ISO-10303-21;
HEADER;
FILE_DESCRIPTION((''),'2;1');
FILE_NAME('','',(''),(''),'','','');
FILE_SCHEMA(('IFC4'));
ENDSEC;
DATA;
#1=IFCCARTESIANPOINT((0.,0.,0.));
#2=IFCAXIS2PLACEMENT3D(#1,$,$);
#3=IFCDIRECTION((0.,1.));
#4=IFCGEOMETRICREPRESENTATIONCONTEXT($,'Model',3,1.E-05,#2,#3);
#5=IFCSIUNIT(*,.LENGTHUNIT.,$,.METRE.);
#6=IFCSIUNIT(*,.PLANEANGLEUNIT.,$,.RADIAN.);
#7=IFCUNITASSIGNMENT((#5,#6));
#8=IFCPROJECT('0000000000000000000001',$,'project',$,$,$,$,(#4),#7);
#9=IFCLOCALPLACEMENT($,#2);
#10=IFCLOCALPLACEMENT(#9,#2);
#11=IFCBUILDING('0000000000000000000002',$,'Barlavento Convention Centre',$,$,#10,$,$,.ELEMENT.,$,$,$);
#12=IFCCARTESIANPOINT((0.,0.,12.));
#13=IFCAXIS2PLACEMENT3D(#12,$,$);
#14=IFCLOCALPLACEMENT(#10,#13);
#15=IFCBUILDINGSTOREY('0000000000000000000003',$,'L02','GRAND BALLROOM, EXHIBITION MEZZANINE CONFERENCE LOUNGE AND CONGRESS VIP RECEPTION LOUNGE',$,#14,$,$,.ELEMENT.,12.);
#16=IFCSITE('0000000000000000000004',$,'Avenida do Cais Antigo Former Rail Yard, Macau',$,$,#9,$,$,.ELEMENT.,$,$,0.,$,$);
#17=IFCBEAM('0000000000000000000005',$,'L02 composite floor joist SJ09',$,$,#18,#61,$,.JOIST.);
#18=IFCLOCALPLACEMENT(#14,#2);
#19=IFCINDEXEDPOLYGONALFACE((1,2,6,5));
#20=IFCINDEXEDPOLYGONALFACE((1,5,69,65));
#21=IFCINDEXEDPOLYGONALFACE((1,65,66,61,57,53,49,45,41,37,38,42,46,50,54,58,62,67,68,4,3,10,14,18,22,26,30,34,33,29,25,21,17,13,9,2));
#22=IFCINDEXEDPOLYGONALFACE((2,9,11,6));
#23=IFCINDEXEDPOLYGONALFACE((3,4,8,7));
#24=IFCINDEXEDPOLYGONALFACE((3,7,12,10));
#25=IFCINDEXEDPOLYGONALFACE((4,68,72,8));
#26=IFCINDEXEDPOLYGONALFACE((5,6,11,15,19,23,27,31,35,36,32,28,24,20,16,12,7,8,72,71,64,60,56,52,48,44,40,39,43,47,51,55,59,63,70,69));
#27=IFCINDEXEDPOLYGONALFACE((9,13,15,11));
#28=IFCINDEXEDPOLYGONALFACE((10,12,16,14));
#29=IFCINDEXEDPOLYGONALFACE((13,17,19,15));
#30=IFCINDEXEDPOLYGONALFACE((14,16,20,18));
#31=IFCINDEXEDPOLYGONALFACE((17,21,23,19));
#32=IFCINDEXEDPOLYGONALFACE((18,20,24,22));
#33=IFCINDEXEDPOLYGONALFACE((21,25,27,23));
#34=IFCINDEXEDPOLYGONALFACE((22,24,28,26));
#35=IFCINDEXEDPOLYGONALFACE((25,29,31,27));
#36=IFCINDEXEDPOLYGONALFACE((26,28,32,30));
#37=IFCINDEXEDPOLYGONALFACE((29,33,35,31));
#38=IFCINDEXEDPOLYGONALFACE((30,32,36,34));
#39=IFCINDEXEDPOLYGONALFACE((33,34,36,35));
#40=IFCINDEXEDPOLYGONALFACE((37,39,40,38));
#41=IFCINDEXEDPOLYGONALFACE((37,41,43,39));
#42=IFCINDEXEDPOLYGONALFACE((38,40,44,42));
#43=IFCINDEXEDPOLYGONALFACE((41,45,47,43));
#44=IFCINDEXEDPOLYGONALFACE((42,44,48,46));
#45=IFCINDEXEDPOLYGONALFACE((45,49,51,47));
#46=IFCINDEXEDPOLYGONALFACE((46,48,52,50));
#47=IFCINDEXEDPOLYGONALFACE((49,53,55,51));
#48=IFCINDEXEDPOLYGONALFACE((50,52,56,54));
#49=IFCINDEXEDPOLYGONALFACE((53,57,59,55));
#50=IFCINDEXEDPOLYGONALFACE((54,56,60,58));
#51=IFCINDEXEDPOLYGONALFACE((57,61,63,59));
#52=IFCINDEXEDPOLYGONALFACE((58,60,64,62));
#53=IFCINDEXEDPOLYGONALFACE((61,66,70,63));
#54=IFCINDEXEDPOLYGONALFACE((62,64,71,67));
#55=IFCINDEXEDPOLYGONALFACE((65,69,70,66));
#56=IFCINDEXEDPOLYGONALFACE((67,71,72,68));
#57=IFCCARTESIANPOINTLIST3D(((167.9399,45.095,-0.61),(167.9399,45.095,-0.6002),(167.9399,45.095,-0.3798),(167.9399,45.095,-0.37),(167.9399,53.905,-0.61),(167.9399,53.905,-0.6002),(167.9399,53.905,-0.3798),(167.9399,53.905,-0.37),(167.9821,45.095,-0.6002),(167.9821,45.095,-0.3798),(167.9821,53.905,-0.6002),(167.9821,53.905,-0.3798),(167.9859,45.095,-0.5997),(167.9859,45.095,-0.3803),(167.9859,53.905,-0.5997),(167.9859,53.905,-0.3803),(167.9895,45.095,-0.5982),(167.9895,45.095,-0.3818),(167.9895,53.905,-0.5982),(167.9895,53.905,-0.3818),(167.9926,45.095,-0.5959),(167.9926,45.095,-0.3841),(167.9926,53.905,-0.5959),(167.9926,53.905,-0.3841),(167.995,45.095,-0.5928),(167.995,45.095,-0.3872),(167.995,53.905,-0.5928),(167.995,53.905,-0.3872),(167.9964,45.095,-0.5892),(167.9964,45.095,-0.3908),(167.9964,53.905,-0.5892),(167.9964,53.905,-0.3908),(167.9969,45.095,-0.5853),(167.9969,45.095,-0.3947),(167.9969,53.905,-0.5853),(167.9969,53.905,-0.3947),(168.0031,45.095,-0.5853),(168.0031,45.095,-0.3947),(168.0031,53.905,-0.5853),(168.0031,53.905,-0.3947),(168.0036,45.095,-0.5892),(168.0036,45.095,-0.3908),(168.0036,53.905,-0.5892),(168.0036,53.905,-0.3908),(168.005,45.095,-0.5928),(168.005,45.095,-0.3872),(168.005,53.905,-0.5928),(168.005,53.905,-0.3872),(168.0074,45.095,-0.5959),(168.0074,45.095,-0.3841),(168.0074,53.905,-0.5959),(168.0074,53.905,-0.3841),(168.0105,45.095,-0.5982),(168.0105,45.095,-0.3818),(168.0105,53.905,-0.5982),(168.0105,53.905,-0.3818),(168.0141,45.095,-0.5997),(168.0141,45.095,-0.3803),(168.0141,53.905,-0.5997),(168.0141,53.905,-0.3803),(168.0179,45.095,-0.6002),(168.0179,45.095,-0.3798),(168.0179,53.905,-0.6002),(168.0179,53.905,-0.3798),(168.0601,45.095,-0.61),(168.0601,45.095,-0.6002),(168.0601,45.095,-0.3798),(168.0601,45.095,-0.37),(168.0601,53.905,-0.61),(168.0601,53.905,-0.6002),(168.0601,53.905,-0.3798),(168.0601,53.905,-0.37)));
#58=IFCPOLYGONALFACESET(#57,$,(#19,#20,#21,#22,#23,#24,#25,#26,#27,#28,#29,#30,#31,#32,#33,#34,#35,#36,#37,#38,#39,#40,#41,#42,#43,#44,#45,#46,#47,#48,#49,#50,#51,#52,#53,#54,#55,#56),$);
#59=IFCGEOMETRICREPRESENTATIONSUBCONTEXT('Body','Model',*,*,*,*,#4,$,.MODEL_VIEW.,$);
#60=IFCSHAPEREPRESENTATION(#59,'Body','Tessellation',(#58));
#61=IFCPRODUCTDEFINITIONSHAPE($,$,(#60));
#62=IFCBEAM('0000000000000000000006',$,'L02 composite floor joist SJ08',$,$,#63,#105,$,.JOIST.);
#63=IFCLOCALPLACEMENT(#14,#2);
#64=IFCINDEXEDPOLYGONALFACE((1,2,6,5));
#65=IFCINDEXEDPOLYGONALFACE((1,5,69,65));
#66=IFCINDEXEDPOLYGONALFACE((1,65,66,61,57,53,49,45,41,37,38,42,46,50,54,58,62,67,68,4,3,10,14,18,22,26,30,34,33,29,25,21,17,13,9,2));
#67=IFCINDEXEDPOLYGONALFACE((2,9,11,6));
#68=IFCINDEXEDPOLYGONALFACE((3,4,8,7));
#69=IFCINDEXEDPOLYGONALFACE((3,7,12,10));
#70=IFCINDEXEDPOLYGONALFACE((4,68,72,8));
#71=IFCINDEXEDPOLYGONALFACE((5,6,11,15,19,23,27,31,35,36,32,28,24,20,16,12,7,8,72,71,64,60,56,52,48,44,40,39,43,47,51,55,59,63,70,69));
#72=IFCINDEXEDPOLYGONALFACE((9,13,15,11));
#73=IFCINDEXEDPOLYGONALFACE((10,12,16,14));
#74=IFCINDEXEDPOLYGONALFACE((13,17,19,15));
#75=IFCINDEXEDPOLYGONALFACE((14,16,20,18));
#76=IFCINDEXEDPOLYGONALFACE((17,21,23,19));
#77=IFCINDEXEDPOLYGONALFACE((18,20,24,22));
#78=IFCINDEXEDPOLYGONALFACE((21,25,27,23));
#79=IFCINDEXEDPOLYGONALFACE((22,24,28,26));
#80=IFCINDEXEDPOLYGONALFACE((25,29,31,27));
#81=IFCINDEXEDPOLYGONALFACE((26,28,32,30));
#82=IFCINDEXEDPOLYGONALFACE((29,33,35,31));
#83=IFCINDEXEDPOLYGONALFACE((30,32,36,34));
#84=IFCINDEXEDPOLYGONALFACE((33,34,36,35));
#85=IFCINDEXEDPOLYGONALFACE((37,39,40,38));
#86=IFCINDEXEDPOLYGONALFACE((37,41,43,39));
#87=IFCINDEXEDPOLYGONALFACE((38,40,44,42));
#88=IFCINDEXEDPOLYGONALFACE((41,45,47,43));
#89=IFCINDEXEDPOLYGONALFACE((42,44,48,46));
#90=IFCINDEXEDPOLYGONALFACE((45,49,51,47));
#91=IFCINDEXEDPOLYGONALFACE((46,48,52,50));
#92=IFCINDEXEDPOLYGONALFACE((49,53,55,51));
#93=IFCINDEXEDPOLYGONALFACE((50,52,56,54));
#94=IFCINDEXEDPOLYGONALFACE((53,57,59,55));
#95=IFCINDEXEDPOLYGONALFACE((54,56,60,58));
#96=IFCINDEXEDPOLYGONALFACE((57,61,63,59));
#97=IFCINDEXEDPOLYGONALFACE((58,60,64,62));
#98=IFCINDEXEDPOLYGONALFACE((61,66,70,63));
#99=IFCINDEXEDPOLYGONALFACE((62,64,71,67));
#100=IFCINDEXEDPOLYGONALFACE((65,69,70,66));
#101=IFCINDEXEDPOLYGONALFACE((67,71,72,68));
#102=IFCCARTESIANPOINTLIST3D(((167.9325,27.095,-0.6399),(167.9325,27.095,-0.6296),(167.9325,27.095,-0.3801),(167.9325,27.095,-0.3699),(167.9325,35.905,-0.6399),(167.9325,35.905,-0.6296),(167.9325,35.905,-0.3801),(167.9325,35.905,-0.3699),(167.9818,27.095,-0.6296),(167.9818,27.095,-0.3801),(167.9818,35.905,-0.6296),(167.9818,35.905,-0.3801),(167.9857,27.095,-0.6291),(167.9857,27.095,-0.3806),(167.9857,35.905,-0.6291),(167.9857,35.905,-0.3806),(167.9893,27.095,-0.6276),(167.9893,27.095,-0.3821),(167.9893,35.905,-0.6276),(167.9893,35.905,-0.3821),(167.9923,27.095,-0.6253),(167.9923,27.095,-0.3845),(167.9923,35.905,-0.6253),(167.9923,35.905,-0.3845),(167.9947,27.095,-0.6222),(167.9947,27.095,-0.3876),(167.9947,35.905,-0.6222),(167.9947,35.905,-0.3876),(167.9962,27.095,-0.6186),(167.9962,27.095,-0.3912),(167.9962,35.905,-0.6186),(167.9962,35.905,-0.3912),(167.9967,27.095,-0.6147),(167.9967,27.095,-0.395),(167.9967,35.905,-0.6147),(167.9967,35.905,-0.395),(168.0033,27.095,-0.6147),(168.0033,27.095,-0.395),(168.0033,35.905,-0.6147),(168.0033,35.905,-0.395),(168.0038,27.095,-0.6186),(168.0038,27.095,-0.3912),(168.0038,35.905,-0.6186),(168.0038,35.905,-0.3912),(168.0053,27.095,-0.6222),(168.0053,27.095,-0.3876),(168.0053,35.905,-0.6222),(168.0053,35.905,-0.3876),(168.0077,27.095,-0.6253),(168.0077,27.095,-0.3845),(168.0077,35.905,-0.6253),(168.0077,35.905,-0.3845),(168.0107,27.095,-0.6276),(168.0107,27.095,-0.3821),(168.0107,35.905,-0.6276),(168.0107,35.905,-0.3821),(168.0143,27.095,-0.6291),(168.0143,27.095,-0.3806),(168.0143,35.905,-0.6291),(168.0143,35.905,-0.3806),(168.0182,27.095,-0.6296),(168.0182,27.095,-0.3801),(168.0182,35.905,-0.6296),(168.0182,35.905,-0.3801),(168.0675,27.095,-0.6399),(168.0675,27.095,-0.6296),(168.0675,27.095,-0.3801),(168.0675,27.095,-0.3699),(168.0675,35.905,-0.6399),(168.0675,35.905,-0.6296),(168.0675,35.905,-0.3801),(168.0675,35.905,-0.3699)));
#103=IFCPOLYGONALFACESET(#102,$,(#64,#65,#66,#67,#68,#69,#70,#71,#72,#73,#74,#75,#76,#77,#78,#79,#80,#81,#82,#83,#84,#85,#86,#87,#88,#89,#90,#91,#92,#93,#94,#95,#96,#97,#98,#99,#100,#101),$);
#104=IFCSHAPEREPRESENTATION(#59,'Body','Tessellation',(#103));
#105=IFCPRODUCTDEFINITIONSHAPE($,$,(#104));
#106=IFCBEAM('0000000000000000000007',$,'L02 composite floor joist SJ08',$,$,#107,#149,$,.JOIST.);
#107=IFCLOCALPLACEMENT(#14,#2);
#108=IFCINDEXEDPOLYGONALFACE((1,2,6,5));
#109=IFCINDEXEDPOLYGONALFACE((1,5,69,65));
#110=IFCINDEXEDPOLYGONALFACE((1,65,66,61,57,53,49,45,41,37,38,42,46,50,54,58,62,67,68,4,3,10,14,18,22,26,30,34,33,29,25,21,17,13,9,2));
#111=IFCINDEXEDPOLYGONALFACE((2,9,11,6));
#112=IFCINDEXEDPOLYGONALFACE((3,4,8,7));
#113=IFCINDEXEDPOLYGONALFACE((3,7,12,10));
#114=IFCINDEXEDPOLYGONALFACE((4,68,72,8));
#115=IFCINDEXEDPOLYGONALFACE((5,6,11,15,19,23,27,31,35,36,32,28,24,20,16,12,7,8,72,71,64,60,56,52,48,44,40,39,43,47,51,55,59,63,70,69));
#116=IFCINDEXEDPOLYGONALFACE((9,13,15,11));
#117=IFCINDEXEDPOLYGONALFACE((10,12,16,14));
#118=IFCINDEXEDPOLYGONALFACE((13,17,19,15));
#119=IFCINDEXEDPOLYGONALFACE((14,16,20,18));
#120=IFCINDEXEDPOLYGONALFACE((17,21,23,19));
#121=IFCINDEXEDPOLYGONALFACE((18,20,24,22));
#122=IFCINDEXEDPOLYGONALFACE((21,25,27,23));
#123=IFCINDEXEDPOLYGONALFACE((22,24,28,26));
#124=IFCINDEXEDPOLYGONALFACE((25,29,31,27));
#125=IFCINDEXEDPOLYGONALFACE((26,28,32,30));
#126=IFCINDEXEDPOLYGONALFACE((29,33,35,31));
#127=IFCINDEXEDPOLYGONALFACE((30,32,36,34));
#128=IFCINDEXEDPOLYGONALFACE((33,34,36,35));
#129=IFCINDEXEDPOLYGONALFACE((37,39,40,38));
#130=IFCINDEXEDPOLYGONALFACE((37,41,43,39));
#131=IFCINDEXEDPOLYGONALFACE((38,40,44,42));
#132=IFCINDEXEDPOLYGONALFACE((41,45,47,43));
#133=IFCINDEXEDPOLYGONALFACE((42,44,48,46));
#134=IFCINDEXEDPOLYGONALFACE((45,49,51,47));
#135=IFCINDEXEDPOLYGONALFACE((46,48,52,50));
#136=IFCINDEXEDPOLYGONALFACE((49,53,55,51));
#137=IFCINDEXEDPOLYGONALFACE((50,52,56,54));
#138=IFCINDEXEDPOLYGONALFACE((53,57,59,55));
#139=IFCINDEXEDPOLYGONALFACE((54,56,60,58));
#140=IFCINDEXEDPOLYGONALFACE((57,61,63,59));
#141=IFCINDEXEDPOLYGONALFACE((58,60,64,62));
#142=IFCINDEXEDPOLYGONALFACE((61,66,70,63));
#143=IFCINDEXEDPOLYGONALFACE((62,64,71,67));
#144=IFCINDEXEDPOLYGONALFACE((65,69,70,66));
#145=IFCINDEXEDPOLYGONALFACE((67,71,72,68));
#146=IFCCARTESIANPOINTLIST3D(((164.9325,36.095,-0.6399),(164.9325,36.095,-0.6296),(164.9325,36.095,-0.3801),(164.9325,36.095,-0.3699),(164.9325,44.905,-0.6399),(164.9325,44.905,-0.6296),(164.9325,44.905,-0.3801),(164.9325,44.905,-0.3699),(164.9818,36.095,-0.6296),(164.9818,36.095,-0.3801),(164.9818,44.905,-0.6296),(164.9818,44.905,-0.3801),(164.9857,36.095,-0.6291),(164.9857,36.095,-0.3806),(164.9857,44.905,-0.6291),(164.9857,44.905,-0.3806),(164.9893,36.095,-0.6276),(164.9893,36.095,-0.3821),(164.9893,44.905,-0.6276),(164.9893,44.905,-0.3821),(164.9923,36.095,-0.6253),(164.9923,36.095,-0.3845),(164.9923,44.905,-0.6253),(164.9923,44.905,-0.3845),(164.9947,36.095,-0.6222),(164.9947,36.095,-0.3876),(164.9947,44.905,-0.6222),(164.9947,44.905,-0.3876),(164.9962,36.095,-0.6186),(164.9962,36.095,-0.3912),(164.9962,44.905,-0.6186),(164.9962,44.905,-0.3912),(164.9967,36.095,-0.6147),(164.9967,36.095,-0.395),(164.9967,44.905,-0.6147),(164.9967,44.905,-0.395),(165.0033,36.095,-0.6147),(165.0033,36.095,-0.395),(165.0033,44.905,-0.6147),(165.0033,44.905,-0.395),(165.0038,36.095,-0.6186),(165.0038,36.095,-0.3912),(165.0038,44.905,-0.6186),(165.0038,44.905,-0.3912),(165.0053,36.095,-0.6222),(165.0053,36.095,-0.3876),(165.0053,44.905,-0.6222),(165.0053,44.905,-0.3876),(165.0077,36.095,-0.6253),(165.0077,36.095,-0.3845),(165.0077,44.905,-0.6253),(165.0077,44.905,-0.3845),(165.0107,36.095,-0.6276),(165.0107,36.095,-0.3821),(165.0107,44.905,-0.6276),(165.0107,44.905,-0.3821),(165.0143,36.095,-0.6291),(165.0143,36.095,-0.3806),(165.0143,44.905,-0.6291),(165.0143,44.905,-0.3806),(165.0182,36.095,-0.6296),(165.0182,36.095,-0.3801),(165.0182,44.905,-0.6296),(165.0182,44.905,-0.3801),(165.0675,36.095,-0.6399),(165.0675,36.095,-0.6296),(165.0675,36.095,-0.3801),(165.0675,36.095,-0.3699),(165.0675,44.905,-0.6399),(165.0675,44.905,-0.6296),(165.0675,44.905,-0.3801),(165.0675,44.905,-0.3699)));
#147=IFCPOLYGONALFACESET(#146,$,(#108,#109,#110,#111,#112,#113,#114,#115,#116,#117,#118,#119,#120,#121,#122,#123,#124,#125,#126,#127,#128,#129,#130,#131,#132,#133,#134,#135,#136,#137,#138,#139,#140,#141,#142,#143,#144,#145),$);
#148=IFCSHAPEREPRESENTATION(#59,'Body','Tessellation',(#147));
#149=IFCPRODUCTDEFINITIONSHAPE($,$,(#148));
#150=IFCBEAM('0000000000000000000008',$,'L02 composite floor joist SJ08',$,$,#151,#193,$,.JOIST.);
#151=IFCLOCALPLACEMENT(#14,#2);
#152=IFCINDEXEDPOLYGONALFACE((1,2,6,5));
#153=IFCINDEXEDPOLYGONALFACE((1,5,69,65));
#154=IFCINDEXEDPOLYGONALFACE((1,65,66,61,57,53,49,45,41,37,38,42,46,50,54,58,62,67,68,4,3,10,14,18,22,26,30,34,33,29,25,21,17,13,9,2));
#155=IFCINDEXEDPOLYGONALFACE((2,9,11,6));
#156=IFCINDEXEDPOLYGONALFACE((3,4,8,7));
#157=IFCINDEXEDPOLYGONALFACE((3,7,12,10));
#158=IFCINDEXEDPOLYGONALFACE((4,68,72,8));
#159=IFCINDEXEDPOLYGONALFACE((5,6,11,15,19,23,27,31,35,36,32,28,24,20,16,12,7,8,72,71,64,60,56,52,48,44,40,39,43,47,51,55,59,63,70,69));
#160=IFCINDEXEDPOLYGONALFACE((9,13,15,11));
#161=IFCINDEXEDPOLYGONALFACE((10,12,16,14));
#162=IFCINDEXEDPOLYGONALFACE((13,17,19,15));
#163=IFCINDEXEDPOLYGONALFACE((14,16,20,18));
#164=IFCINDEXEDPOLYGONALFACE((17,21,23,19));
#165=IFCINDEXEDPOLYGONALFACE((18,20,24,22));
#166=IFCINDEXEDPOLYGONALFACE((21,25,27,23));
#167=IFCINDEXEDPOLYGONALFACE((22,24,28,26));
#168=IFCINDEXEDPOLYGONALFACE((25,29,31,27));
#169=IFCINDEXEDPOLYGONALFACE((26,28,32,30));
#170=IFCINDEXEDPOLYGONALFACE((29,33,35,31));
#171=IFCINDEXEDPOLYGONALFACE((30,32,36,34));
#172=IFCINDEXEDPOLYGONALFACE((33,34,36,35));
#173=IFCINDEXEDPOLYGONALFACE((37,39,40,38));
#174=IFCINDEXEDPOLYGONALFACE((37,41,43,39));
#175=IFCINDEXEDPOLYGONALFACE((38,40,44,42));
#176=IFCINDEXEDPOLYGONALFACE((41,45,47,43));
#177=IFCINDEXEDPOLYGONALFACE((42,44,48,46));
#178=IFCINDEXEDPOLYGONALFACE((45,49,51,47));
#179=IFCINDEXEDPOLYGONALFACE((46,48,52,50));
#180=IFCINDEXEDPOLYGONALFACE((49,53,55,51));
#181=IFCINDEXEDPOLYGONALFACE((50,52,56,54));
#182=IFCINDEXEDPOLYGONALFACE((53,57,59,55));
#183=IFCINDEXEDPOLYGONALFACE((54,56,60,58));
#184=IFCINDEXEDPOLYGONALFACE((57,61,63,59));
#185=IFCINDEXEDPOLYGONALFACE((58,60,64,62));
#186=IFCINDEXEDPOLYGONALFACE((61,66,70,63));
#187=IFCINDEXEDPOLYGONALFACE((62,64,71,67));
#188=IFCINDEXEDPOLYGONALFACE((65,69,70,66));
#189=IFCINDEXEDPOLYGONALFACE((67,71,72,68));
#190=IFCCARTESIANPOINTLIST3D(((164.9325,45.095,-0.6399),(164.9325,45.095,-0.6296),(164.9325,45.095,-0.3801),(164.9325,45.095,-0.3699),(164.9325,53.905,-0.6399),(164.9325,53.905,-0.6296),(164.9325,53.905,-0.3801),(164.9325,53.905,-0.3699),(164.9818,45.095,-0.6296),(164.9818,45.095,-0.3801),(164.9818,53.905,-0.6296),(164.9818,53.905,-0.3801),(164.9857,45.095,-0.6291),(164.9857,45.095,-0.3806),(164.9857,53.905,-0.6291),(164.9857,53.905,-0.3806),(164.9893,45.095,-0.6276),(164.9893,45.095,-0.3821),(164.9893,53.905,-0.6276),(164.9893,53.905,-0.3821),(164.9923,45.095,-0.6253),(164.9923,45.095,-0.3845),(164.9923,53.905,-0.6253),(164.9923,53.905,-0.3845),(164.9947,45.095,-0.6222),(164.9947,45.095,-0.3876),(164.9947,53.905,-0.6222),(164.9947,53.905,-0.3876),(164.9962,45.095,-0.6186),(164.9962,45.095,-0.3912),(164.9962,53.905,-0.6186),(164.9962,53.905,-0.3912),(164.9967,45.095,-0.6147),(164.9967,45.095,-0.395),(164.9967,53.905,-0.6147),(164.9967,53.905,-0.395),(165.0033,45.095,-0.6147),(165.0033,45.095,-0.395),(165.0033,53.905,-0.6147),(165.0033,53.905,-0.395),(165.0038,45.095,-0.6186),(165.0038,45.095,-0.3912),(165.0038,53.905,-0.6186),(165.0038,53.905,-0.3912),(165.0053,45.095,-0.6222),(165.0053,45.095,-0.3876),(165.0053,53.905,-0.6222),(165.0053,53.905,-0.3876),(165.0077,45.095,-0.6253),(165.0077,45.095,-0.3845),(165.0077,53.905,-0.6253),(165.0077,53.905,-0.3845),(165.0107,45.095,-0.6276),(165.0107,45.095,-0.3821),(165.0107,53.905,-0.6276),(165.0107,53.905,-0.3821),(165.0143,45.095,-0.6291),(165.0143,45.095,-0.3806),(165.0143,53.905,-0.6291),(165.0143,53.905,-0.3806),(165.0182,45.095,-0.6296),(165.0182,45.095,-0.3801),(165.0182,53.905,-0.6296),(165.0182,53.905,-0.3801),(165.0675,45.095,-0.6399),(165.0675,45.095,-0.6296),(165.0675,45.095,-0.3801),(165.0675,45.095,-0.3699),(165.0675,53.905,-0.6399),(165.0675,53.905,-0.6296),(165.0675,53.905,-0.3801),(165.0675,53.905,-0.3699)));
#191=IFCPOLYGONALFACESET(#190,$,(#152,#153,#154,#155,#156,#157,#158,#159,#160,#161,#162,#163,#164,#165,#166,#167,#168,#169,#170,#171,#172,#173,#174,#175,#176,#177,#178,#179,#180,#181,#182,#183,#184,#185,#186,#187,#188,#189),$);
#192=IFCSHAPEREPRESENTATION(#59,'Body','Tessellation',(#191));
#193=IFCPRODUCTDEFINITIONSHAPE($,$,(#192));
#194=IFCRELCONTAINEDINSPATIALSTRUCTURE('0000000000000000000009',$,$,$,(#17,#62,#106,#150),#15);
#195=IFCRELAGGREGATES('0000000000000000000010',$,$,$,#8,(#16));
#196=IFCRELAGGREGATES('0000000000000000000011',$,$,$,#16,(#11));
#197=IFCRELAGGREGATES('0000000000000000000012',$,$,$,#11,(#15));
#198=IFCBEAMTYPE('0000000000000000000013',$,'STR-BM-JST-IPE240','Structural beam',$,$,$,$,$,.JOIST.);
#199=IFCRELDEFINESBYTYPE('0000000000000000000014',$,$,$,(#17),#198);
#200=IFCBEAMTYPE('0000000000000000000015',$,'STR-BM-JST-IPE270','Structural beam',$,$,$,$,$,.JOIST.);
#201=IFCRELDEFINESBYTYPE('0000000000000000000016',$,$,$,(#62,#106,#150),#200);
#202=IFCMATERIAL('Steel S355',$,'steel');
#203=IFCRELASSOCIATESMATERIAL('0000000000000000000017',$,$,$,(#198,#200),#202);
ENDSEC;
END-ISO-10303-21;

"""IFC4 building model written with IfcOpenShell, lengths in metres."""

from ifc_helpers import new_model, si_unit, direction, frame, origin, origin_2d, place, context, subcontext, project, spatial, i_section, extrude, material, material_profile, profile_set, type_object, element, save


model = new_model("IFC4")

# Units and contexts
model_context = context("Model", 3, precision=1e-05, world=origin(), true_north=direction((0.0, 1.0)))
body_context = subcontext(model_context, "Body", "Model", "MODEL_VIEW")
ifc_project = project(units=[si_unit("LENGTHUNIT", "METRE"), si_unit("PLANEANGLEUNIT", "RADIAN")], contexts=[model_context])

# Site, building, storey
site_placement = place(None, origin())
site = spatial("IfcSite", under=ifc_project, at=site_placement, Name="Avenida do Cais Antigo Former Rail Yard, Macau", CompositionType="ELEMENT", RefElevation=0.0)
building_placement = place(site_placement, origin())
building = spatial("IfcBuilding", under=site, at=building_placement, Name="Barlavento Convention Centre", CompositionType="ELEMENT")
storey_placement = place(building_placement, frame((0.0, 0.0, 12.0)))
storey = spatial("IfcBuildingStorey", under=building, at=storey_placement, Name="L02", Description="GRAND BALLROOM, EXHIBITION MEZZANINE CONFERENCE LOUNGE AND CONGRESS VIP RECEPTION LOUNGE", CompositionType="ELEMENT", Elevation=12.0)

# Shared definitions
ifc_material_1 = material(Name="Steel S355", Category="steel")

# Beams
ifc_material_profile_1 = material_profile(ifc_material_1, i_section(OverallWidth=0.1201, OverallDepth=0.24, WebThickness=0.0061, FlangeThickness=0.0098, FilletRadius=0.0149, at=origin_2d()), Name="IPE 240")
ifc_profile_set_1 = profile_set([ifc_material_profile_1], Name="Steel S355")
beam_type_1 = type_object("IfcBeamType", Name="STR-BM-JST-IPE240", Description="Structural beam", PredefinedType="JOIST", material=ifc_profile_set_1)
for number, where, z_axis, x_axis, name in (
    (1, (168.0, 45.095, -0.49), (0.0, 1.0, 0.0), (-1.0, 0.0, 0.0), "L02 composite floor joist SJ09"),
):
    element("IfcBeam", number, at=place(storey_placement, frame(where, z_axis=z_axis, x_axis=x_axis)), inside=storey, type_object=beam_type_1, Name=name, PredefinedType="JOIST", context=body_context, shape_type="SweptSolid", body=[
        extrude(i_section(OverallWidth=0.1201, OverallDepth=0.24, WebThickness=0.0061, FlangeThickness=0.0098, FilletRadius=0.0149, at=origin_2d()), origin(), (0.0, 0.0, 1.0), 8.8101),
    ])
ifc_material_profile_2 = material_profile(ifc_material_1, i_section(OverallWidth=0.135, OverallDepth=0.27, WebThickness=0.0066, FlangeThickness=0.0103, FilletRadius=0.0149, at=origin_2d()), Name="IPE 270")
ifc_profile_set_2 = profile_set([ifc_material_profile_2], Name="Steel S355")
beam_type_2 = type_object("IfcBeamType", Name="STR-BM-JST-IPE270", Description="Structural beam", PredefinedType="JOIST", material=ifc_profile_set_2)
for number, where, z_axis, x_axis, name in (
    (2, (168.0, 27.095, -0.5049), (0.0, 1.0, 0.0), (-1.0, 0.0, 0.0), "L02 composite floor joist SJ08"),
    (3, (165.0, 36.095, -0.5049), (0.0, 1.0, 0.0), (-1.0, 0.0, 0.0), "L02 composite floor joist SJ08"),
    (4, (165.0, 45.095, -0.5049), (0.0, 1.0, 0.0), (-1.0, 0.0, 0.0), "L02 composite floor joist SJ08"),
):
    element("IfcBeam", number, at=place(storey_placement, frame(where, z_axis=z_axis, x_axis=x_axis)), inside=storey, type_object=beam_type_2, Name=name, PredefinedType="JOIST", context=body_context, shape_type="SweptSolid", body=[
        extrude(i_section(OverallWidth=0.135, OverallDepth=0.27, WebThickness=0.0066, FlangeThickness=0.0103, FilletRadius=0.0149, at=origin_2d()), origin(), (0.0, 0.0, 1.0), 8.8101),
    ])

save(model, "model.ifc")
